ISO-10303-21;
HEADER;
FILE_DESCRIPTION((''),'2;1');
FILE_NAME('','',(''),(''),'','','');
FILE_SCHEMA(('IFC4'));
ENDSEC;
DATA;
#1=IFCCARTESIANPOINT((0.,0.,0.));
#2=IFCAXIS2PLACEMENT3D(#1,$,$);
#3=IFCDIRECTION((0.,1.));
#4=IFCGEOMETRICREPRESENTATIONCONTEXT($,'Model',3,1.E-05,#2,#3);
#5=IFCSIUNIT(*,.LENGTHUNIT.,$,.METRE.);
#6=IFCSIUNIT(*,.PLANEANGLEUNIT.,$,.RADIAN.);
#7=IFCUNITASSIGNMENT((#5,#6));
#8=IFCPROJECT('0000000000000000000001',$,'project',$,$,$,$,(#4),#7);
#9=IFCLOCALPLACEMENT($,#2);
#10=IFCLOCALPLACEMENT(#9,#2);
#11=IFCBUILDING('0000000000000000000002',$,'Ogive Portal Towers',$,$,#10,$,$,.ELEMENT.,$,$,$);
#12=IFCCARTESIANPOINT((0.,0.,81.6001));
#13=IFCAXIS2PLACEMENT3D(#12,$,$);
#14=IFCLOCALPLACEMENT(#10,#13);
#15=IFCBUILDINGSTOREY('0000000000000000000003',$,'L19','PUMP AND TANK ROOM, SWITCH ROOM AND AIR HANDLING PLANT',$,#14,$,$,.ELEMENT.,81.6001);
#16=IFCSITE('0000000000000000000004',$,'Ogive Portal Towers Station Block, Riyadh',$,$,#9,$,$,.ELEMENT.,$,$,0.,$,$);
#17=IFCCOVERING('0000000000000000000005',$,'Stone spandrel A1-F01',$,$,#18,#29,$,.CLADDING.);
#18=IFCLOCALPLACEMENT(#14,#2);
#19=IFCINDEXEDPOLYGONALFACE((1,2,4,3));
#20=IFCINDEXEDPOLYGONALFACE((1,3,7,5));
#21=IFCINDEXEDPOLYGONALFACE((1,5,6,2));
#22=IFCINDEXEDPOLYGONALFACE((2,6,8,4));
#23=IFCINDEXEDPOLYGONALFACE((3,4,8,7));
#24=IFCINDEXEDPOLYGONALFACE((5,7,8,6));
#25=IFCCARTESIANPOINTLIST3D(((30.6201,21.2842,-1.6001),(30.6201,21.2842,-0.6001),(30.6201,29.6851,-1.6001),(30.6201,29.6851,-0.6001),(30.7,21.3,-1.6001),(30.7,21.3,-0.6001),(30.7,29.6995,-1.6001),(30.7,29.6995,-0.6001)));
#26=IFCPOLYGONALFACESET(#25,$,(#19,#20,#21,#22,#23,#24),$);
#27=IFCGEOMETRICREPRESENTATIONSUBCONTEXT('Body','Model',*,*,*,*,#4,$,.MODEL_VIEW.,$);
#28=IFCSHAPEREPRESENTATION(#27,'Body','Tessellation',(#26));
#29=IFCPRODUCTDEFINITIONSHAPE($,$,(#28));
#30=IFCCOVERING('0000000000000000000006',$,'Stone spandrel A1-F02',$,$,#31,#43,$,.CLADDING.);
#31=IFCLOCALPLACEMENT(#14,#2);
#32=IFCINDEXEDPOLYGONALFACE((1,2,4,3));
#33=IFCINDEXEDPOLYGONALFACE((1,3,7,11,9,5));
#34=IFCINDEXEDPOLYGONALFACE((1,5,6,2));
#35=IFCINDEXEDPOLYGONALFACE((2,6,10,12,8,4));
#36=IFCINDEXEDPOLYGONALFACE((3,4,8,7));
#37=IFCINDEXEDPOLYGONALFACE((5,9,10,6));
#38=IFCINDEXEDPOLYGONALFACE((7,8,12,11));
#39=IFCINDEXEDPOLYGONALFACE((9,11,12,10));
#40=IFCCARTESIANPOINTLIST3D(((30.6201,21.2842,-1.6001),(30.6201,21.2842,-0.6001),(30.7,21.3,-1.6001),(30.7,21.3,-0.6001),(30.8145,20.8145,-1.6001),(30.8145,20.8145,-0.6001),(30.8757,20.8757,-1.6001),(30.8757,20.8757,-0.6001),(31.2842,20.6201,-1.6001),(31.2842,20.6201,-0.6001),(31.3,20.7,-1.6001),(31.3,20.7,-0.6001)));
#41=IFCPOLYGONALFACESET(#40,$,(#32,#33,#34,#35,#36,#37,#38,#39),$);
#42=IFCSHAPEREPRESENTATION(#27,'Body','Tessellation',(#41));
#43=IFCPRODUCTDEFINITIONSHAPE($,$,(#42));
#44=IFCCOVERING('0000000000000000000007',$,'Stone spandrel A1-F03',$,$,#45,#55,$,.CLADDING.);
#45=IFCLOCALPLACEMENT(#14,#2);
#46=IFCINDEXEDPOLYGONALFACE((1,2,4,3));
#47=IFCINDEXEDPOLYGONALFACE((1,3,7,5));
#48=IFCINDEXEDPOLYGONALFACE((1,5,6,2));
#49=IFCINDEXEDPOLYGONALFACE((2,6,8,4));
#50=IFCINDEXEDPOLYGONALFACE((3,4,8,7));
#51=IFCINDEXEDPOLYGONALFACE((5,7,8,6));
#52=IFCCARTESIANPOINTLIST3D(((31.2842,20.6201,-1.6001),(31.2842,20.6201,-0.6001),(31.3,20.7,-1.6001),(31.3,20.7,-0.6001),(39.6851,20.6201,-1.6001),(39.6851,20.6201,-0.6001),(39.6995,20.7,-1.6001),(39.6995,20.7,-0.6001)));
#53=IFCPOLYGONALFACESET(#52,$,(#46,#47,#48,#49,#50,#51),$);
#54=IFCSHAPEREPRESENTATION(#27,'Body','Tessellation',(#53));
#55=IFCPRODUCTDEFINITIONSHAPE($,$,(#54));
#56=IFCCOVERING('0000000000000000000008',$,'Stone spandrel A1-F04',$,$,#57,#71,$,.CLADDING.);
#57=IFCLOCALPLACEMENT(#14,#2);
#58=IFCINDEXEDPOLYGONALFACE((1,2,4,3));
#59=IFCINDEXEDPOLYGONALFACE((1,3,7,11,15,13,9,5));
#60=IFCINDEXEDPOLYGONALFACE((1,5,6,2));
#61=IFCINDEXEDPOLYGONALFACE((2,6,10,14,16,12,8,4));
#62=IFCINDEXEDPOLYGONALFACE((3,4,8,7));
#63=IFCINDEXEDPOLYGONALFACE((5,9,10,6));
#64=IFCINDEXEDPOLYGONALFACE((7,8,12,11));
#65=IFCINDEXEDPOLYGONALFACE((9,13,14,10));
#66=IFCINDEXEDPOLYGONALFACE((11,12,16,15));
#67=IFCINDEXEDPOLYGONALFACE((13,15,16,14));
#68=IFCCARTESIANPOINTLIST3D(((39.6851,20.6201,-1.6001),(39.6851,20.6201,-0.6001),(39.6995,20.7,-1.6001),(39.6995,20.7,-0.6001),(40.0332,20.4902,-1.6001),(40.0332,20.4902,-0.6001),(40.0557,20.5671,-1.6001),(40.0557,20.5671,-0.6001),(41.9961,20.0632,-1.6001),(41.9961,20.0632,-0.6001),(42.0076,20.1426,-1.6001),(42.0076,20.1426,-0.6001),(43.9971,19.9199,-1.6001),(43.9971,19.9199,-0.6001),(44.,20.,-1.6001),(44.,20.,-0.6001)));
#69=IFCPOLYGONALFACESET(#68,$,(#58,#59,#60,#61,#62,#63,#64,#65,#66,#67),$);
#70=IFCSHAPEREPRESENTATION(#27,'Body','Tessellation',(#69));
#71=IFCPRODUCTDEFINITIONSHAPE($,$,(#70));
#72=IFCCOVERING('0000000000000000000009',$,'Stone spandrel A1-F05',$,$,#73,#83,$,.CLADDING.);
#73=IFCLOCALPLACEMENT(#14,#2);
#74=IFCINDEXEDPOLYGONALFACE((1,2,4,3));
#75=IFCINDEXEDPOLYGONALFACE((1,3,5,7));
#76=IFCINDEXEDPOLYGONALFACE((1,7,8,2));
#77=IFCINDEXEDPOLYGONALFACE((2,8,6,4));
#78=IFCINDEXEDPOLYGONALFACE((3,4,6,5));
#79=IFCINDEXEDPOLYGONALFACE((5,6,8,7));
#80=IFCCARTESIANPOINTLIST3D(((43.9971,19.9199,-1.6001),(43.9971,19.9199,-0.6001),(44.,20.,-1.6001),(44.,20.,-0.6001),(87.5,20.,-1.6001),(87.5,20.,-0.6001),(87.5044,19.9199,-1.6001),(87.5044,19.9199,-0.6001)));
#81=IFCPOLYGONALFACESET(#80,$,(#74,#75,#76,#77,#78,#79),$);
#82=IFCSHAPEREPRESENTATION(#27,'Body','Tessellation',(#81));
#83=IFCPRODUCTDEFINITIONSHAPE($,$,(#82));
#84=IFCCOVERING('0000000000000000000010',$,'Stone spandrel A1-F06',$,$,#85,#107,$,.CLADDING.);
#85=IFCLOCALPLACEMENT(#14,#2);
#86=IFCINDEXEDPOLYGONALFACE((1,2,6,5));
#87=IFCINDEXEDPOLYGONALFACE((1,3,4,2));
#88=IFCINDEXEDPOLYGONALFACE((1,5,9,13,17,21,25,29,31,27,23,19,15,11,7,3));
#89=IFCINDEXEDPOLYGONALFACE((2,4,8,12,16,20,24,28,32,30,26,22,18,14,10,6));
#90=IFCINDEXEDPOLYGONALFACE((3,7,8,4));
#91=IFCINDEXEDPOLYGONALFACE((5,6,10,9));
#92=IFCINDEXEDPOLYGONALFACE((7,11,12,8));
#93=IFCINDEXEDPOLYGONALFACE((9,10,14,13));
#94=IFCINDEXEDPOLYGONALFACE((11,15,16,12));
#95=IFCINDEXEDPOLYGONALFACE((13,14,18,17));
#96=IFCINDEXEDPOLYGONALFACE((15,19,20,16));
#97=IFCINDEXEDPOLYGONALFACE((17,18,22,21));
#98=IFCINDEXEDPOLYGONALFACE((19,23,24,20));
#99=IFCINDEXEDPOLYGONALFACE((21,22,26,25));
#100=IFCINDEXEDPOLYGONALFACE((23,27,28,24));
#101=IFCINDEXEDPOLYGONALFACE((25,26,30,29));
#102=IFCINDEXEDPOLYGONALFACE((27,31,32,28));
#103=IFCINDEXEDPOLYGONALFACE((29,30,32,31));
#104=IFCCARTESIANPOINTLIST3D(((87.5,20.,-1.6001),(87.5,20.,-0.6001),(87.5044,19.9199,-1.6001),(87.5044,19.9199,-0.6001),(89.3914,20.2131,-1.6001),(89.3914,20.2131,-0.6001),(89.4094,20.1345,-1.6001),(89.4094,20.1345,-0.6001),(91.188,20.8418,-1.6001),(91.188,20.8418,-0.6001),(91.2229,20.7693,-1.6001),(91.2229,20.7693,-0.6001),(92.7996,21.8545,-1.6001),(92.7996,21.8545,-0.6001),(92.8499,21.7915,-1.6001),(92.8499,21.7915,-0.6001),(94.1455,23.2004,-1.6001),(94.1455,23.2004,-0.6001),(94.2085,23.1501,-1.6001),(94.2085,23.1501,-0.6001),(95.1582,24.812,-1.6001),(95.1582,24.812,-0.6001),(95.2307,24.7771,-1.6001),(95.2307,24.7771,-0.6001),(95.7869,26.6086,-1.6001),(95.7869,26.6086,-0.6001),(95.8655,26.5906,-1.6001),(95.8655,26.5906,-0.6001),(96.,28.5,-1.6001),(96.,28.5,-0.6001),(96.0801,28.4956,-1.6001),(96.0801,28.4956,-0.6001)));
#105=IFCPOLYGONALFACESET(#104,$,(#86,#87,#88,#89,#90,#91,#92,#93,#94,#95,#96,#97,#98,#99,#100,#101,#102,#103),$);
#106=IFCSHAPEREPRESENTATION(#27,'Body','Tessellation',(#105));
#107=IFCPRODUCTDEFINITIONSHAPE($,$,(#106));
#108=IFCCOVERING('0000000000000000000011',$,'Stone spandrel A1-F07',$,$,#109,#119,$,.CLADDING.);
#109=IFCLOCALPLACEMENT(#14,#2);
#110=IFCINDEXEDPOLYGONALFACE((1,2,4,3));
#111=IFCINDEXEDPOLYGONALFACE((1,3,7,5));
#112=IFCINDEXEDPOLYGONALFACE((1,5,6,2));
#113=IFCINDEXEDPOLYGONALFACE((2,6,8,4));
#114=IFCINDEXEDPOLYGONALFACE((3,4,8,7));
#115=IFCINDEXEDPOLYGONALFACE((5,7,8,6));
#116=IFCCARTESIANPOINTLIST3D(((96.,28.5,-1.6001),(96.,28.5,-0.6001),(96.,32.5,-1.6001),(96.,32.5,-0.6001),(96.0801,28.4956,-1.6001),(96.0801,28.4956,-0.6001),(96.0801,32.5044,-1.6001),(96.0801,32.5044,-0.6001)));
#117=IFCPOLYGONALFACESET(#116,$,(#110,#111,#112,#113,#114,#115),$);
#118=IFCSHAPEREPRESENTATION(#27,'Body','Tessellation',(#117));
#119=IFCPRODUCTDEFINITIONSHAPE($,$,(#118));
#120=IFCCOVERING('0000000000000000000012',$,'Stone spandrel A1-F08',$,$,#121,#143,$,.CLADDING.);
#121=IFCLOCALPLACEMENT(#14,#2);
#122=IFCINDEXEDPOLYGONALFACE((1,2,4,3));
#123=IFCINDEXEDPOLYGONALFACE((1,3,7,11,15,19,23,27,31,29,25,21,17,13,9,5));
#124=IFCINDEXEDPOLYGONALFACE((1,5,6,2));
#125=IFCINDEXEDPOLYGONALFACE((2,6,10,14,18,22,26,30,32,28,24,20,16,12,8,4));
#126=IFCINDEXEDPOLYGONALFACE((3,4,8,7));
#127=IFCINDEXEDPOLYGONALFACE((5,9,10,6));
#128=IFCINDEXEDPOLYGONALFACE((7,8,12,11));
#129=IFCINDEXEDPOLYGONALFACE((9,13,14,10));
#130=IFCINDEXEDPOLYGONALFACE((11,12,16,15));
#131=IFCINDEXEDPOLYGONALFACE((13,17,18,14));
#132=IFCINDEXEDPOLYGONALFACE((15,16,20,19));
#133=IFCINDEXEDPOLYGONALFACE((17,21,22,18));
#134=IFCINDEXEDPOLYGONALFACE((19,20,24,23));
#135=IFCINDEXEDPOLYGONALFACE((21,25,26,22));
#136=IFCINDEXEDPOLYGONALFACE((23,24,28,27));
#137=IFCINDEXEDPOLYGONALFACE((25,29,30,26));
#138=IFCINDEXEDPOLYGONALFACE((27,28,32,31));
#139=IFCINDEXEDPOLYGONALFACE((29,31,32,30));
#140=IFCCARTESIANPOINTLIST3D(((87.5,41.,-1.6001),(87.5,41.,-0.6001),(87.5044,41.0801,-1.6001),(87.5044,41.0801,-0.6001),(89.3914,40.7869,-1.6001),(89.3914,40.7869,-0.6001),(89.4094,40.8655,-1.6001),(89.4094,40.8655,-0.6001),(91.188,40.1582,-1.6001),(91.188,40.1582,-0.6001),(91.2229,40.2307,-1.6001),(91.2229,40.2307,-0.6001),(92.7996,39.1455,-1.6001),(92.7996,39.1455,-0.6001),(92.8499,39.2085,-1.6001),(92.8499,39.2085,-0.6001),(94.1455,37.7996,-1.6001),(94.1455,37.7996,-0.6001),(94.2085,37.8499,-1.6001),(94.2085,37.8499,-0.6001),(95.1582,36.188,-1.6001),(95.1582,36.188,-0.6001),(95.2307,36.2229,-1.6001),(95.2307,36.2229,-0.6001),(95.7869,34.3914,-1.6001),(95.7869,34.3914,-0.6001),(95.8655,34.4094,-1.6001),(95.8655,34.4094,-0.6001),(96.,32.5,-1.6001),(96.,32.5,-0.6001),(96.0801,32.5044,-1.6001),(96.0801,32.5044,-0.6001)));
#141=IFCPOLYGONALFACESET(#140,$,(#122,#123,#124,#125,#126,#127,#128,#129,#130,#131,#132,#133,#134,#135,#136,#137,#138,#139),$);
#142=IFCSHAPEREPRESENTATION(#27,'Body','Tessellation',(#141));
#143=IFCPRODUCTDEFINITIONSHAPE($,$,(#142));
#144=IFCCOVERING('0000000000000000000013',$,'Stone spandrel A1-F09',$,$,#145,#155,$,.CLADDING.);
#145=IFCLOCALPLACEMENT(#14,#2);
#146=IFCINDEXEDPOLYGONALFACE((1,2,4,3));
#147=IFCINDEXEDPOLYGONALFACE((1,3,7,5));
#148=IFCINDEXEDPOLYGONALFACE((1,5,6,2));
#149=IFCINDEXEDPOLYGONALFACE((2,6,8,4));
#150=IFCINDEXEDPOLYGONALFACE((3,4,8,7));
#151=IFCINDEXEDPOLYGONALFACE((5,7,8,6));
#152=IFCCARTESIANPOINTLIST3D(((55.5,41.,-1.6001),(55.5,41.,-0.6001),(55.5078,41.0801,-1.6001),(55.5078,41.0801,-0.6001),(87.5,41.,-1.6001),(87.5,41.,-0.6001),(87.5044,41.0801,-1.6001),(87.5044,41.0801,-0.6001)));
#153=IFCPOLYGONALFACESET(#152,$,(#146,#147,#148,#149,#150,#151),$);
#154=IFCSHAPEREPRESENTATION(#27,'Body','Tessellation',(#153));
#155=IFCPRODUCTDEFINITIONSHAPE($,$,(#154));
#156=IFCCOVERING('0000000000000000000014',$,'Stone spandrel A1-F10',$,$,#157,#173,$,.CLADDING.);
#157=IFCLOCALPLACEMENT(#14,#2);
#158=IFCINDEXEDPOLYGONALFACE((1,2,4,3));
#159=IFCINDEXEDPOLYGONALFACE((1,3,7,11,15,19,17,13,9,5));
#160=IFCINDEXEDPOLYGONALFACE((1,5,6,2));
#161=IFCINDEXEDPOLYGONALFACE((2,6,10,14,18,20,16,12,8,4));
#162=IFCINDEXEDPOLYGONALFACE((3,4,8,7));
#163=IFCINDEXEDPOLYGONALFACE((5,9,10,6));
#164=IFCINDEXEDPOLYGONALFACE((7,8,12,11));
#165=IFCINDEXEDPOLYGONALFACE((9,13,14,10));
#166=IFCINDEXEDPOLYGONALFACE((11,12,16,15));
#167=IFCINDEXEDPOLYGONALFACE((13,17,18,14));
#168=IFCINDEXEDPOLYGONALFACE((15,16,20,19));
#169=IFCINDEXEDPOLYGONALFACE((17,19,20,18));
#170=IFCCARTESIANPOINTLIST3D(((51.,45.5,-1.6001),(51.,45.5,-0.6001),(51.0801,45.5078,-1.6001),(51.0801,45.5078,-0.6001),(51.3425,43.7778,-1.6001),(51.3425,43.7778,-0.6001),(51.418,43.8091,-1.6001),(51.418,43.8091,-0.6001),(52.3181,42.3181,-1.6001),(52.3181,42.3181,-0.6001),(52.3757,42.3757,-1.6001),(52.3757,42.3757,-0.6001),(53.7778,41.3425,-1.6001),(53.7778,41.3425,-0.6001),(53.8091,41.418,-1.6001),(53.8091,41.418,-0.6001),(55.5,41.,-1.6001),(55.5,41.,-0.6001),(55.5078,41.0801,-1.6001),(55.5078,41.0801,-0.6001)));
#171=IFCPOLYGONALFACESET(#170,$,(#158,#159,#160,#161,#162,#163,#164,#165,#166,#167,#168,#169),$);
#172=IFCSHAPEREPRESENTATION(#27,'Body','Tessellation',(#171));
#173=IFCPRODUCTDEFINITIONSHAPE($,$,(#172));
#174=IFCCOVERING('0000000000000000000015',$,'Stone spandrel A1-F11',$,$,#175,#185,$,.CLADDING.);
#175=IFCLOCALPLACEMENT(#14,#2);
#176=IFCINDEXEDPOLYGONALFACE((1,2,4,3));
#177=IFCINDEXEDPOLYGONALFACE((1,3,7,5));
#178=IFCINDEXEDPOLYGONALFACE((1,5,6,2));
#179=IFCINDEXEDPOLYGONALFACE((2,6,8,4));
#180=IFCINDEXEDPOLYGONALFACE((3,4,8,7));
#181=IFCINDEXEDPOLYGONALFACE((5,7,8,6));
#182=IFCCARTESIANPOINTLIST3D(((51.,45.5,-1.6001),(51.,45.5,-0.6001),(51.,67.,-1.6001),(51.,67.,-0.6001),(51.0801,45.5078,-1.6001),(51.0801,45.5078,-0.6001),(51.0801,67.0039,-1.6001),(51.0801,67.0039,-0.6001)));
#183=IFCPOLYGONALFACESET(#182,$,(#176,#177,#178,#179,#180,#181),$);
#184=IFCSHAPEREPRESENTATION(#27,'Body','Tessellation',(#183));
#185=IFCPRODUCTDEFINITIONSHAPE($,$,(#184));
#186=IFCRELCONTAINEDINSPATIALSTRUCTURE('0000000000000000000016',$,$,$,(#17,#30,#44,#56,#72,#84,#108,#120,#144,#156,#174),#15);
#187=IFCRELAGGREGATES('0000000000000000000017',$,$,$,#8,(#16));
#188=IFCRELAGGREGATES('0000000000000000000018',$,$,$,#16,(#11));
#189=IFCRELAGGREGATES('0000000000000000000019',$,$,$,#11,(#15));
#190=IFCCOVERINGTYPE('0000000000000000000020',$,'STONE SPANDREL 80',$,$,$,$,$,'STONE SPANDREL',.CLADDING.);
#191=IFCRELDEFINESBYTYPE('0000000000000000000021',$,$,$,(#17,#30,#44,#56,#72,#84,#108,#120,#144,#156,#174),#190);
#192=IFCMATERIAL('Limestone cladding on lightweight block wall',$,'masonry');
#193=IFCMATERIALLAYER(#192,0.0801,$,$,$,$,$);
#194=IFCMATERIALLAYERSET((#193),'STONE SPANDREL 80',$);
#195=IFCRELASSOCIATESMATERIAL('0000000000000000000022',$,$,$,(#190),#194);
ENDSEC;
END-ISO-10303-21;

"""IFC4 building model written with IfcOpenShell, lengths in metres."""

from ifc_helpers import new_model, si_unit, direction, frame, origin, place, context, subcontext, project, spatial, polyline, outline, extrude, material, layer, layer_set, type_object, element, save


model = new_model("IFC4")

# Units and contexts
model_context = context("Model", 3, precision=1e-05, world=origin(), true_north=direction((0.0, 1.0)))
body_context = subcontext(model_context, "Body", "Model", "MODEL_VIEW")
ifc_project = project(units=[si_unit("LENGTHUNIT", "METRE"), si_unit("PLANEANGLEUNIT", "RADIAN")], contexts=[model_context])

# Site, building, storey
site_placement = place(None, origin())
site = spatial("IfcSite", under=ifc_project, at=site_placement, Name="Ogive Portal Towers Station Block, Riyadh", CompositionType="ELEMENT", RefElevation=0.0)
building_placement = place(site_placement, origin())
building = spatial("IfcBuilding", under=site, at=building_placement, Name="Ogive Portal Towers", CompositionType="ELEMENT")
storey_placement = place(building_placement, frame((0.0, 0.0, 81.6001)))
storey = spatial("IfcBuildingStorey", under=building, at=storey_placement, Name="L19", Description="PUMP AND TANK ROOM, SWITCH ROOM AND AIR HANDLING PLANT", CompositionType="ELEMENT", Elevation=81.6001)

# Coverings
ifc_material = material(Name="Limestone cladding on lightweight block wall", Category="masonry")
ifc_layer_1 = layer(ifc_material, 0.0801)
ifc_layer_set_1 = layer_set([ifc_layer_1], Name="STONE SPANDREL 80")
covering_type_1 = type_object("IfcCoveringType", Name="STONE SPANDREL 80", ElementType="STONE SPANDREL", PredefinedType="CLADDING", material=ifc_layer_set_1)
covering_1_placement = place(storey_placement, frame((0.0, 0.0, -1.6001)))
element("IfcCovering", 1, at=covering_1_placement, inside=storey, type_object=covering_type_1, Name="Stone spandrel A1-F01", PredefinedType="CLADDING", context=body_context, shape_type="SweptSolid", body=[
    extrude(outline(polyline([(30.7, 29.6995), (30.7, 21.3), (30.6201, 21.2842), (30.6201, 29.6851), (30.7, 29.6995)])), origin(), (0.0, 0.0, 1.0), 1.0),
])
covering_2_placement = place(storey_placement, frame((0.0, 0.0, -1.6001)))
element("IfcCovering", 2, at=covering_2_placement, inside=storey, type_object=covering_type_1, Name="Stone spandrel A1-F02", PredefinedType="CLADDING", context=body_context, shape_type="SweptSolid", body=[
    extrude(outline(polyline([(30.7, 21.3), (30.8757, 20.8757), (31.3, 20.7), (31.2842, 20.6201), (30.8145, 20.8145), (30.6201, 21.2842), (30.7, 21.3)])), origin(), (0.0, 0.0, 1.0), 1.0),
])
covering_3_placement = place(storey_placement, frame((0.0, 0.0, -1.6001)))
element("IfcCovering", 3, at=covering_3_placement, inside=storey, type_object=covering_type_1, Name="Stone spandrel A1-F03", PredefinedType="CLADDING", context=body_context, shape_type="SweptSolid", body=[
    extrude(outline(polyline([(31.3, 20.7), (39.6995, 20.7), (39.6851, 20.6201), (31.2842, 20.6201), (31.3, 20.7)])), origin(), (0.0, 0.0, 1.0), 1.0),
])
covering_4_placement = place(storey_placement, frame((0.0, 0.0, -1.6001)))
element("IfcCovering", 4, at=covering_4_placement, inside=storey, type_object=covering_type_1, Name="Stone spandrel A1-F04", PredefinedType="CLADDING", context=body_context, shape_type="SweptSolid", body=[
    extrude(outline(polyline([(39.6995, 20.7), (40.0557, 20.5671), (42.0076, 20.1426), (44.0, 20.0), (43.9971, 19.9199), (41.9961, 20.0632), (40.0332, 20.4902), (39.6851, 20.6201), (39.6995, 20.7)])), origin(), (0.0, 0.0, 1.0), 1.0),
])
covering_5_placement = place(storey_placement, frame((0.0, 0.0, -1.6001)))
element("IfcCovering", 5, at=covering_5_placement, inside=storey, type_object=covering_type_1, Name="Stone spandrel A1-F05", PredefinedType="CLADDING", context=body_context, shape_type="SweptSolid", body=[
    extrude(outline(polyline([(44.0, 20.0), (87.5, 20.0), (87.5044, 19.9199), (43.9971, 19.9199), (44.0, 20.0)])), origin(), (0.0, 0.0, 1.0), 1.0),
])
covering_6_placement = place(storey_placement, frame((0.0, 0.0, -1.6001)))
element("IfcCovering", 6, at=covering_6_placement, inside=storey, type_object=covering_type_1, Name="Stone spandrel A1-F06", PredefinedType="CLADDING", context=body_context, shape_type="SweptSolid", body=[
    extrude(outline(polyline([(87.5, 20.0), (89.3914, 20.2131), (91.188, 20.8418), (92.7996, 21.8545), (94.1455, 23.2004), (95.1582, 24.812), (95.7869, 26.6086), (96.0, 28.5), (96.0801, 28.4956), (95.8655, 26.5906), (95.2307, 24.7771), (94.2085, 23.1501), (92.8499, 21.7915), (91.2229, 20.7693), (89.4094, 20.1345), (87.5044, 19.9199), (87.5, 20.0)])), origin(), (0.0, 0.0, 1.0), 1.0),
])
covering_7_placement = place(storey_placement, frame((0.0, 0.0, -1.6001)))
element("IfcCovering", 7, at=covering_7_placement, inside=storey, type_object=covering_type_1, Name="Stone spandrel A1-F07", PredefinedType="CLADDING", context=body_context, shape_type="SweptSolid", body=[
    extrude(outline(polyline([(96.0, 28.5), (96.0, 32.5), (96.0801, 32.5044), (96.0801, 28.4956), (96.0, 28.5)])), origin(), (0.0, 0.0, 1.0), 1.0),
])
covering_8_placement = place(storey_placement, frame((0.0, 0.0, -1.6001)))
element("IfcCovering", 8, at=covering_8_placement, inside=storey, type_object=covering_type_1, Name="Stone spandrel A1-F08", PredefinedType="CLADDING", context=body_context, shape_type="SweptSolid", body=[
    extrude(outline(polyline([(96.0, 32.5), (95.7869, 34.3914), (95.1582, 36.188), (94.1455, 37.7996), (92.7996, 39.1455), (91.188, 40.1582), (89.3914, 40.7869), (87.5, 41.0), (87.5044, 41.0801), (89.4094, 40.8655), (91.2229, 40.2307), (92.8499, 39.2085), (94.2085, 37.8499), (95.2307, 36.2229), (95.8655, 34.4094), (96.0801, 32.5044), (96.0, 32.5)])), origin(), (0.0, 0.0, 1.0), 1.0),
])
covering_9_placement = place(storey_placement, frame((0.0, 0.0, -1.6001)))
element("IfcCovering", 9, at=covering_9_placement, inside=storey, type_object=covering_type_1, Name="Stone spandrel A1-F09", PredefinedType="CLADDING", context=body_context, shape_type="SweptSolid", body=[
    extrude(outline(polyline([(87.5, 41.0), (55.5, 41.0), (55.5078, 41.0801), (87.5044, 41.0801), (87.5, 41.0)])), origin(), (0.0, 0.0, 1.0), 1.0),
])
covering_10_placement = place(storey_placement, frame((0.0, 0.0, -1.6001)))
element("IfcCovering", 10, at=covering_10_placement, inside=storey, type_object=covering_type_1, Name="Stone spandrel A1-F10", PredefinedType="CLADDING", context=body_context, shape_type="SweptSolid", body=[
    extrude(outline(polyline([(55.5, 41.0), (53.7778, 41.3425), (52.3181, 42.3181), (51.3425, 43.7778), (51.0, 45.5), (51.0801, 45.5078), (51.418, 43.8091), (52.3757, 42.3757), (53.8091, 41.418), (55.5078, 41.0801), (55.5, 41.0)])), origin(), (0.0, 0.0, 1.0), 1.0),
])
covering_11_placement = place(storey_placement, frame((0.0, 0.0, -1.6001)))
element("IfcCovering", 11, at=covering_11_placement, inside=storey, type_object=covering_type_1, Name="Stone spandrel A1-F11", PredefinedType="CLADDING", context=body_context, shape_type="SweptSolid", body=[
    extrude(outline(polyline([(51.0, 45.5), (51.0, 67.0), (51.0801, 67.0039), (51.0801, 45.5078), (51.0, 45.5)])), origin(), (0.0, 0.0, 1.0), 1.0),
])

save(model, "model.ifc")
